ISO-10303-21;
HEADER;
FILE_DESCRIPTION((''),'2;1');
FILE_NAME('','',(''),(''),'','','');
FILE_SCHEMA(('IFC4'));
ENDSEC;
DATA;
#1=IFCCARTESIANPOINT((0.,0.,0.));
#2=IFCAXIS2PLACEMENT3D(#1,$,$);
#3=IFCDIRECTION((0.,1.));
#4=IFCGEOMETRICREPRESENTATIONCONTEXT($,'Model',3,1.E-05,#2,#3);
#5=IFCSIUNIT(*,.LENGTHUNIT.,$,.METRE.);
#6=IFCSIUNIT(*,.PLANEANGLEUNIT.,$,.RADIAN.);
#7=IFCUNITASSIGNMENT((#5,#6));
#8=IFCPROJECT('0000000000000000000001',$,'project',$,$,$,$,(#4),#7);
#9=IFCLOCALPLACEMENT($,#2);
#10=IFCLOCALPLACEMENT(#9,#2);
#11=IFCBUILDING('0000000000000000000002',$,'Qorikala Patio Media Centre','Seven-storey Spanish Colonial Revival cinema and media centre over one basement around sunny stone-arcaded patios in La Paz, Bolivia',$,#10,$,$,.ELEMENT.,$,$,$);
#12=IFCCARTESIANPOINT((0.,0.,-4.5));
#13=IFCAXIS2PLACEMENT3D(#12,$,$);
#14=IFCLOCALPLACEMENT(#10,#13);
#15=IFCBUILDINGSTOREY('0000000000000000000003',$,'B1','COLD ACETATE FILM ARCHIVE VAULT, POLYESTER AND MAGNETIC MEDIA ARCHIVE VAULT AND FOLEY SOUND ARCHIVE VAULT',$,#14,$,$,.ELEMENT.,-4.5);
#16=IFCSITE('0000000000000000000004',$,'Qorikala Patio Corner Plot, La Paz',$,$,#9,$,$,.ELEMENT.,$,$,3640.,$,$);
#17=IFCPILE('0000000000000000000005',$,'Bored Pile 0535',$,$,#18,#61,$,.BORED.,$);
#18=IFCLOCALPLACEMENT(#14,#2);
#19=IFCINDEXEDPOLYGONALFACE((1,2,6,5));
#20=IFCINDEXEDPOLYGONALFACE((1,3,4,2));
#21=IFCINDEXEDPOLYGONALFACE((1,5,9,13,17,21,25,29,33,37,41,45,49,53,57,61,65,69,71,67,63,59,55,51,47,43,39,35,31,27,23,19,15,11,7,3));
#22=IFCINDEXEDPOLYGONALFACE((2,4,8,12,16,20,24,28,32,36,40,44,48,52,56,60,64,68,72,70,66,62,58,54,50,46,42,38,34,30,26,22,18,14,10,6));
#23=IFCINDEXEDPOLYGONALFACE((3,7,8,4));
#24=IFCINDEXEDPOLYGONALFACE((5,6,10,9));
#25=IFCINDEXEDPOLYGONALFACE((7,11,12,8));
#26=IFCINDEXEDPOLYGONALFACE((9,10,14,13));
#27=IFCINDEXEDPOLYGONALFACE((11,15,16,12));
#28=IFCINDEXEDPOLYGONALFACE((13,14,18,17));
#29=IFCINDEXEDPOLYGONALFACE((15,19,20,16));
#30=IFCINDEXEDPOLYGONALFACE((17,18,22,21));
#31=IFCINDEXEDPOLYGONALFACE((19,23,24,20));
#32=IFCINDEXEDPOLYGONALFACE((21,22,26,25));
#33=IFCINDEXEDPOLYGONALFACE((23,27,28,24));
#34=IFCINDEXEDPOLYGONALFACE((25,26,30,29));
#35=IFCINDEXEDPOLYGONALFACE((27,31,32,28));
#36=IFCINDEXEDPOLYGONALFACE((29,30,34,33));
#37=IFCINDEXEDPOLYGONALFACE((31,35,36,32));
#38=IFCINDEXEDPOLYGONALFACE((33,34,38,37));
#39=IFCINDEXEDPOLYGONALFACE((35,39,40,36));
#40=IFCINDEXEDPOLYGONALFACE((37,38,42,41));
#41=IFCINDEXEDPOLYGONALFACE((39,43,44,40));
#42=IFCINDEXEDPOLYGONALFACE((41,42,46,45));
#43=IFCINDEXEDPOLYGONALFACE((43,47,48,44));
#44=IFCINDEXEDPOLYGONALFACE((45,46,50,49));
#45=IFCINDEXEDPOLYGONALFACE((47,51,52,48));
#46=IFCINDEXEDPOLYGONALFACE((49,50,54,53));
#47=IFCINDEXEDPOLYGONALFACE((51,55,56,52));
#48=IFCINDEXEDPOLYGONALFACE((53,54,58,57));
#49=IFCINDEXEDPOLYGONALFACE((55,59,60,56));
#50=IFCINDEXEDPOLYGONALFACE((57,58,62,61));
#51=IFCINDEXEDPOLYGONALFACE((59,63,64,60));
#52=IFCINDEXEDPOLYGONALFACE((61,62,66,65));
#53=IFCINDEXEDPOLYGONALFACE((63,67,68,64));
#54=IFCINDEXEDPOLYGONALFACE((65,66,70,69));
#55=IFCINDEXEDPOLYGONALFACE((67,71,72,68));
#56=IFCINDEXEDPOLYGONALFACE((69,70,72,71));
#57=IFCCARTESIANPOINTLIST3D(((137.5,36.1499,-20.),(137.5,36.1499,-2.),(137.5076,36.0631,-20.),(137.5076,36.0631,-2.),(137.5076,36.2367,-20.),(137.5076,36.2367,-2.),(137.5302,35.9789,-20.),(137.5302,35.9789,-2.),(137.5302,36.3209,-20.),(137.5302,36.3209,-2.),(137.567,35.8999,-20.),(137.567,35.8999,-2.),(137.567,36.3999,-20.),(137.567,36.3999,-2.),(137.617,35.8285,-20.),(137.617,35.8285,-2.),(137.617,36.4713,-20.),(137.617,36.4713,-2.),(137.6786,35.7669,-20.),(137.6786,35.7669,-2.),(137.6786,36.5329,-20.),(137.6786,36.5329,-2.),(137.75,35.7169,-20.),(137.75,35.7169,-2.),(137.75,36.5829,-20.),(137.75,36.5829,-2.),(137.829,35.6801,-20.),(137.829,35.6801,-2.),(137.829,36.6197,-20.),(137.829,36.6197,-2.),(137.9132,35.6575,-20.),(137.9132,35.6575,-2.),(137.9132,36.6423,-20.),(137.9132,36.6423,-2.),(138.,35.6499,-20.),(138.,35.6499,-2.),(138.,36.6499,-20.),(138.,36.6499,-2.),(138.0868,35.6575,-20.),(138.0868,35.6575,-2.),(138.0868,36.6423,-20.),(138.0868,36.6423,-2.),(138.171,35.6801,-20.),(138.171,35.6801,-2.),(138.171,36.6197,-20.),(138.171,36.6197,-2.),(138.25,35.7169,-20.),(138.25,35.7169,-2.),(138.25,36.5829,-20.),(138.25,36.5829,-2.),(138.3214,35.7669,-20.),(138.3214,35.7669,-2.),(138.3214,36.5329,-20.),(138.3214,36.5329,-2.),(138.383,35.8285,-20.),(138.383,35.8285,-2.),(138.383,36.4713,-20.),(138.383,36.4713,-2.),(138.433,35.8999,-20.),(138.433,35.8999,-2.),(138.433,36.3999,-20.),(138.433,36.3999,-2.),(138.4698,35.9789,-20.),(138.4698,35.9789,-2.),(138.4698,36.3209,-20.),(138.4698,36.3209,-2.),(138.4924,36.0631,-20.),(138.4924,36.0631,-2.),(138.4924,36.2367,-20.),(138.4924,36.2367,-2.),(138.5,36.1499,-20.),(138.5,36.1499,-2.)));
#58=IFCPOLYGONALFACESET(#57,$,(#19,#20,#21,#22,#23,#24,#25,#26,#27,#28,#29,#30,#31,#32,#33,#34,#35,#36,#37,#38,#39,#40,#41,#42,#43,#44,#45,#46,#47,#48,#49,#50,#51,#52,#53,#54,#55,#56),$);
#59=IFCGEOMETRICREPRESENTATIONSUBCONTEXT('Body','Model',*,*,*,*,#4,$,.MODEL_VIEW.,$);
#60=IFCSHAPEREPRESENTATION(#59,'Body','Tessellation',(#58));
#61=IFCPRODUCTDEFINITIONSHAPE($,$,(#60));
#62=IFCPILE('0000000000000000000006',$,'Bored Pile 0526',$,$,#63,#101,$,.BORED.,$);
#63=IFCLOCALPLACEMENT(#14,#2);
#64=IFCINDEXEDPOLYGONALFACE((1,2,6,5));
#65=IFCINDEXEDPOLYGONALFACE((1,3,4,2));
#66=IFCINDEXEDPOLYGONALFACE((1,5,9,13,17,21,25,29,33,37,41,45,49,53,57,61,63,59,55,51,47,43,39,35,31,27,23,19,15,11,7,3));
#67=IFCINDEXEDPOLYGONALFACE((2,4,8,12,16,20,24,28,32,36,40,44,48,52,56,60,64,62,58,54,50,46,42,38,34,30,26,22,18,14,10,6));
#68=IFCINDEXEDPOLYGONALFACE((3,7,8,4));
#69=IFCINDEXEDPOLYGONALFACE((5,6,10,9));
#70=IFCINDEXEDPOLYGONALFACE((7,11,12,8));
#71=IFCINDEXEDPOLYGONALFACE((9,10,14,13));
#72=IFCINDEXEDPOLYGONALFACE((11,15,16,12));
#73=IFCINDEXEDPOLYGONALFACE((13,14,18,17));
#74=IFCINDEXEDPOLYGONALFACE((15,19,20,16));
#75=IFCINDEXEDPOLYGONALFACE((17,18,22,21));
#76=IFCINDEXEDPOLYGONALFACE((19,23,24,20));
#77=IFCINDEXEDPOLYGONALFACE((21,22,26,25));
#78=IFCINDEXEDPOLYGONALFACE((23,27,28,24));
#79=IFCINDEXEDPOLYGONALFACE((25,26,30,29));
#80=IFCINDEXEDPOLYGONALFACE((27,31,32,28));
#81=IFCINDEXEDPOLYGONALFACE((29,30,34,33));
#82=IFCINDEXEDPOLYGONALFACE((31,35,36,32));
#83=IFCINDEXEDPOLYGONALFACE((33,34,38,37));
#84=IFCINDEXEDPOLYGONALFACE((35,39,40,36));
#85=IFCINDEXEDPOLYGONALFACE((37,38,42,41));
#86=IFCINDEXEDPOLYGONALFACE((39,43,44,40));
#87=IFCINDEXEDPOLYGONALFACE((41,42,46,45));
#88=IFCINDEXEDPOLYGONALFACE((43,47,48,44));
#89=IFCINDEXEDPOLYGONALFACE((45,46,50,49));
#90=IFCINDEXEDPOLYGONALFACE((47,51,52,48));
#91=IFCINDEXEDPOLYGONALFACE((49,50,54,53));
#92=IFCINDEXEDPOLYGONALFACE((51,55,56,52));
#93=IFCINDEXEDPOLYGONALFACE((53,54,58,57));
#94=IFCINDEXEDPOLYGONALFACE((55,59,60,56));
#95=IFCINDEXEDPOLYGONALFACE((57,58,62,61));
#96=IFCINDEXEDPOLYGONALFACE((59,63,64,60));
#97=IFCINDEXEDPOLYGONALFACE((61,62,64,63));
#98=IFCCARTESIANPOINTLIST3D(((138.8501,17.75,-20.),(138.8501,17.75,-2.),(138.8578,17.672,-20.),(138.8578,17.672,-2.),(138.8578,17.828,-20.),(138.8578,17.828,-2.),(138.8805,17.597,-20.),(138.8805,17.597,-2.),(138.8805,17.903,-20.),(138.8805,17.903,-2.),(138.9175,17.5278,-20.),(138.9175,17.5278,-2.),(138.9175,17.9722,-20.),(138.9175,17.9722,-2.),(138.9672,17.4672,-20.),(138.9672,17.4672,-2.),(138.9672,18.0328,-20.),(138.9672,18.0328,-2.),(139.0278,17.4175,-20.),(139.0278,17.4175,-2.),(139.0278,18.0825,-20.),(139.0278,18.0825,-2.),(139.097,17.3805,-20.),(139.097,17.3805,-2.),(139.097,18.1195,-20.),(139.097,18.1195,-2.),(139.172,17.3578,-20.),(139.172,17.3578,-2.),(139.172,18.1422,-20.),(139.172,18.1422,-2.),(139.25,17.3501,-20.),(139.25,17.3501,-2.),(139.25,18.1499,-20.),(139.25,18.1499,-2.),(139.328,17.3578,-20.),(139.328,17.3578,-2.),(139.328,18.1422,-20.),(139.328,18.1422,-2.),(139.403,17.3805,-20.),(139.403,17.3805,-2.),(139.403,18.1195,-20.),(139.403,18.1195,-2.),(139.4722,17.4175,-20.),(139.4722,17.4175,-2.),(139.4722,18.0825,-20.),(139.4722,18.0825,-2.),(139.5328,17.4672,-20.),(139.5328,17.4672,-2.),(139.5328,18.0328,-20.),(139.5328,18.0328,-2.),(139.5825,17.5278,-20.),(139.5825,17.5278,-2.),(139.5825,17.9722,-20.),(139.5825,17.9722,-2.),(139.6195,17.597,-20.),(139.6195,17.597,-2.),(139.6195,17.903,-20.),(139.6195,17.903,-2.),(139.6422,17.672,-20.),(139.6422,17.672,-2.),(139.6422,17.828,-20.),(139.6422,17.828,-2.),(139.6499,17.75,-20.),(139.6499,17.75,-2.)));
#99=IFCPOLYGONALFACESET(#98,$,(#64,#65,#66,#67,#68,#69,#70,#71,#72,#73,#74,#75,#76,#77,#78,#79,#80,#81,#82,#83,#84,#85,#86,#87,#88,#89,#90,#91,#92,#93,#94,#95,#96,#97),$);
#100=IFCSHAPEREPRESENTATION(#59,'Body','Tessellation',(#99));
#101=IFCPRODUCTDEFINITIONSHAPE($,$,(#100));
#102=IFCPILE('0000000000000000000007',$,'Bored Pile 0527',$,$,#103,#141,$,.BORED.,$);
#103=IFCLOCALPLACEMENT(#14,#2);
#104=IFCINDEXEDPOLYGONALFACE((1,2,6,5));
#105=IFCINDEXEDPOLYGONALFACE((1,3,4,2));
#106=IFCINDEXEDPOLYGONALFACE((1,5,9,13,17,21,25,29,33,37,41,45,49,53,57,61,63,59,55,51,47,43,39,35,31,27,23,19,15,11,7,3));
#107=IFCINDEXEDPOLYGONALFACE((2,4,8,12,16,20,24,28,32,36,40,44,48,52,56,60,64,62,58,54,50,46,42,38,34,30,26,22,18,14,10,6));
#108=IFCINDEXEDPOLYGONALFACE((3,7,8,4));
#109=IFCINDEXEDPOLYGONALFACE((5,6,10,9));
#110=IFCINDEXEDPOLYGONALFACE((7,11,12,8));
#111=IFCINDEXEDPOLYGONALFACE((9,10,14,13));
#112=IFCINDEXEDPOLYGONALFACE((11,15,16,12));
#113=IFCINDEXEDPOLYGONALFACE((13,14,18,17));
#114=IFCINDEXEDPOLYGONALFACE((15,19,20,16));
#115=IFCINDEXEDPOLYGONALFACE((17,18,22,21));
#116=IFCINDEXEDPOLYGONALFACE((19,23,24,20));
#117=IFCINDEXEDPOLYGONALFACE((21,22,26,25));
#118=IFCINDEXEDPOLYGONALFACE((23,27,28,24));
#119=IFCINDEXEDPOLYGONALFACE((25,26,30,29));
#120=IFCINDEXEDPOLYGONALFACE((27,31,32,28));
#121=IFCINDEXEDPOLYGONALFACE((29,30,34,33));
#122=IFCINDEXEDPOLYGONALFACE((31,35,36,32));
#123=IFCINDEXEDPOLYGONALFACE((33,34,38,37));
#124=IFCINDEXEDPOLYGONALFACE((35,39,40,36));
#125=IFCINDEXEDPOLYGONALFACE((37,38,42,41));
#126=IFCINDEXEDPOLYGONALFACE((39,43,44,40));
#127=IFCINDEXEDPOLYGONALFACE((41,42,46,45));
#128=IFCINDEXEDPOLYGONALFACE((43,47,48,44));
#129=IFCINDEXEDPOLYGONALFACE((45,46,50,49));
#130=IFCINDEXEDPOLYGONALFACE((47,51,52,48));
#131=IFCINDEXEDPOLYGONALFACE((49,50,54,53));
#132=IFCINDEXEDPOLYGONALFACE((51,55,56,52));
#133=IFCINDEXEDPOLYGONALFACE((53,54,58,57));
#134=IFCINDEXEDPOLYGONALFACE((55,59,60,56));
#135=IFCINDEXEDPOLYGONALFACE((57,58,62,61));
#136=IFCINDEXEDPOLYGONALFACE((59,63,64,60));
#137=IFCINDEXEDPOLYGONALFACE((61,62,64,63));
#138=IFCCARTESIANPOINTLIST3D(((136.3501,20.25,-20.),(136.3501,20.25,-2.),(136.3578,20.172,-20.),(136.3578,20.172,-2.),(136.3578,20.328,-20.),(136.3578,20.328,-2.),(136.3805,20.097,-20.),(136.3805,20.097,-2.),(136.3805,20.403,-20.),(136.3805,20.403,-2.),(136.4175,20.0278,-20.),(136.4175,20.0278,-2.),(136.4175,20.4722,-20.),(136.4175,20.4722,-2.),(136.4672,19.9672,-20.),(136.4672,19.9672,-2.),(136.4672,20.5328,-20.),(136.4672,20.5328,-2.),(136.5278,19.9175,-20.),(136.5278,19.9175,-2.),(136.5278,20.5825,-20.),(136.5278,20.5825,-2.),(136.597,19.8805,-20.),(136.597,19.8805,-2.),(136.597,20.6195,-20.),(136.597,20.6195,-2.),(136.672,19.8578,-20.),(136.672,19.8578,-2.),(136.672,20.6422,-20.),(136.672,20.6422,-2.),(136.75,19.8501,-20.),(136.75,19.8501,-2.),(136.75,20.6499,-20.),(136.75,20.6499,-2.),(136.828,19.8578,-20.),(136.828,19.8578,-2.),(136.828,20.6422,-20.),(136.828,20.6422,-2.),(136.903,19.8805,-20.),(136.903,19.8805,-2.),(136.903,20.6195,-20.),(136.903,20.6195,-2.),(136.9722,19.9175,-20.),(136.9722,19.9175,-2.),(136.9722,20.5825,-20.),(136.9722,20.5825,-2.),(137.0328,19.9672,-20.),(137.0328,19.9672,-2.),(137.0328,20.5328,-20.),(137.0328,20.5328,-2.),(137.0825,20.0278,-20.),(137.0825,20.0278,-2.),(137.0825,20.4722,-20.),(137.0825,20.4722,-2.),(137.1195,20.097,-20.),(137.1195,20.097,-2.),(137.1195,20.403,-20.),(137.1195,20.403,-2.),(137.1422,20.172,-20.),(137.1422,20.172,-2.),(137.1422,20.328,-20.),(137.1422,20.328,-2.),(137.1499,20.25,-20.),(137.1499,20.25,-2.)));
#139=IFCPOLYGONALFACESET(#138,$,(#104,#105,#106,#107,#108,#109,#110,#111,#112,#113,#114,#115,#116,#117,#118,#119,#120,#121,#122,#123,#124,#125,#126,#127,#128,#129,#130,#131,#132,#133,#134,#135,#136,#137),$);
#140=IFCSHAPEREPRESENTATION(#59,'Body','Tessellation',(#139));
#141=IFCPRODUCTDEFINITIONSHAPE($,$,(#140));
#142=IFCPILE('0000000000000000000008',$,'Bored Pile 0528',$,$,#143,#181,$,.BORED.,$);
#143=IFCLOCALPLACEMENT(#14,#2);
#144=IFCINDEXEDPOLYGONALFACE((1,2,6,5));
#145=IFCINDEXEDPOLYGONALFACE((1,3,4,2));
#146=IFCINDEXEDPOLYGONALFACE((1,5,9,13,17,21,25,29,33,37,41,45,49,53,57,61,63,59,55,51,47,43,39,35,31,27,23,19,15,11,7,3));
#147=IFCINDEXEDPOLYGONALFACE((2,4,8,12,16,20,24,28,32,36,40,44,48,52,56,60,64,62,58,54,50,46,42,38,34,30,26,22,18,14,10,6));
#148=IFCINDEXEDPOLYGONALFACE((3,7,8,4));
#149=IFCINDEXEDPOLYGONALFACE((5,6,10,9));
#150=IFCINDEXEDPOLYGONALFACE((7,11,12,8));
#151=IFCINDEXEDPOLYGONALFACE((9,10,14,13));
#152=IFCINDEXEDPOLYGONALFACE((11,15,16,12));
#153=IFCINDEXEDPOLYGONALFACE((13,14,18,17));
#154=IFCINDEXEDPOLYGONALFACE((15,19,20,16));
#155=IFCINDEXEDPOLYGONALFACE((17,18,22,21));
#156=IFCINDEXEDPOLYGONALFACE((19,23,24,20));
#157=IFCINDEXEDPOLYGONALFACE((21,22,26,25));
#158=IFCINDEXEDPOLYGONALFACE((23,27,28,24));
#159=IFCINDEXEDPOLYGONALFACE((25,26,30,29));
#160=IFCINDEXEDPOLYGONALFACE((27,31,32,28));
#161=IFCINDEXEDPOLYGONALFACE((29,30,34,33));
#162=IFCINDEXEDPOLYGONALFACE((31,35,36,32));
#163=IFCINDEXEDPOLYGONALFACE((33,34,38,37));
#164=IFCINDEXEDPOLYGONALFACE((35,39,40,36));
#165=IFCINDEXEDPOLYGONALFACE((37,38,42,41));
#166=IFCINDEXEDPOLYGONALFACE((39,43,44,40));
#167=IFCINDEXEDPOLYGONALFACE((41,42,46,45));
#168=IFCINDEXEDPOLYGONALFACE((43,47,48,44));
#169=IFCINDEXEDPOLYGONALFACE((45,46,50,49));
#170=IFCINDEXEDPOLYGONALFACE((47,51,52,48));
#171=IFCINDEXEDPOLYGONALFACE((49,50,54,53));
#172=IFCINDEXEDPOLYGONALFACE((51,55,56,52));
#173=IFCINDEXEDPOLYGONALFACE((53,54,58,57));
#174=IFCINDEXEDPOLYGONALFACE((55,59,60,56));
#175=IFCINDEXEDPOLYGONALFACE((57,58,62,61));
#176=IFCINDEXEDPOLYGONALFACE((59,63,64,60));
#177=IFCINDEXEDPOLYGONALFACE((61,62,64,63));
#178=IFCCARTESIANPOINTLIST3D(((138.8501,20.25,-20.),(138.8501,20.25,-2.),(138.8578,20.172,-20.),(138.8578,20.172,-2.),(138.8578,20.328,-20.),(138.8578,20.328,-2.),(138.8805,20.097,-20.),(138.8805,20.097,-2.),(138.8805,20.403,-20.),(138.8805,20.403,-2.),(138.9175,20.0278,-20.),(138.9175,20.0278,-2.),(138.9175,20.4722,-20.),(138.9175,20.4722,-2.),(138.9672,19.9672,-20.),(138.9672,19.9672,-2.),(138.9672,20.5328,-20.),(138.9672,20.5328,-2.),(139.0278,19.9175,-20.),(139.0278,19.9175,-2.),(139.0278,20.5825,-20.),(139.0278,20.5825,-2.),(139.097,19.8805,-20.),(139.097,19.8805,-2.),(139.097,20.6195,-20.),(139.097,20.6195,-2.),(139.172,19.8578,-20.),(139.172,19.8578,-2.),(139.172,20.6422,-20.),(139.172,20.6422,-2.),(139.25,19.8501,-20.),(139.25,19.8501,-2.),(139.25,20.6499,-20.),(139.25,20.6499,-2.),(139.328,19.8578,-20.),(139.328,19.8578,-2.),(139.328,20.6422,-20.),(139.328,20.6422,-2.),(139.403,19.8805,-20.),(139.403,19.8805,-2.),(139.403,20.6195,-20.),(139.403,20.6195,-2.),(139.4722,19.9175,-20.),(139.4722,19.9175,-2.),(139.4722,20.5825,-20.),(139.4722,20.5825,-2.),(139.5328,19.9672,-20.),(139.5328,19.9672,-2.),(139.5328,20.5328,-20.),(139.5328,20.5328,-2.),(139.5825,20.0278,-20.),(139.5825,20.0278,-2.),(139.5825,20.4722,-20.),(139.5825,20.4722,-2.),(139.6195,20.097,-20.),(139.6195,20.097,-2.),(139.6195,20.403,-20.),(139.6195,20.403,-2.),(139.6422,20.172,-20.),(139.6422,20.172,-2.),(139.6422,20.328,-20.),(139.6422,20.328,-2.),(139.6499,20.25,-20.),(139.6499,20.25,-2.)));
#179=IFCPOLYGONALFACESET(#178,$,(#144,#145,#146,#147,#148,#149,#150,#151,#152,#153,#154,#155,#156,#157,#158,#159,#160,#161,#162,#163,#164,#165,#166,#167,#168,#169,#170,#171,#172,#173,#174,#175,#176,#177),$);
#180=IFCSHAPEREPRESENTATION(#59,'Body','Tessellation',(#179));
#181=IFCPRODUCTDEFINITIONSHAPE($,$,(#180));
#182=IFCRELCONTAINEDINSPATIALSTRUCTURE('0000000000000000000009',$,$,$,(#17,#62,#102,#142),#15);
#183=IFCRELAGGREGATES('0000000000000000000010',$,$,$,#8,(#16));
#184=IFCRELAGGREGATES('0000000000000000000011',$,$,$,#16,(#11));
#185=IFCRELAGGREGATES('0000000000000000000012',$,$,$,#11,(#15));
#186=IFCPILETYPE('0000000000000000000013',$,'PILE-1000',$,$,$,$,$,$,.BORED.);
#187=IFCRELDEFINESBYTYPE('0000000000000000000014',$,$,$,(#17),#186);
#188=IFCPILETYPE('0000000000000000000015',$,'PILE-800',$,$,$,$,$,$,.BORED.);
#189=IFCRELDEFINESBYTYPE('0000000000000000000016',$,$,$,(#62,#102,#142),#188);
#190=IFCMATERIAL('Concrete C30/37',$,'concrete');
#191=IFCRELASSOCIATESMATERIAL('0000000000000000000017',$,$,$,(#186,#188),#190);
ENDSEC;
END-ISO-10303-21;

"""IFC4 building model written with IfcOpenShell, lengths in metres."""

from ifc_helpers import new_model, si_unit, direction, frame, origin, origin_2d, place, context, subcontext, project, spatial, circle, extrude, material, material_profile, profile_set, type_object, element, save


model = new_model("IFC4")

# Units and contexts
model_context = context("Model", 3, precision=1e-05, world=origin(), true_north=direction((0.0, 1.0)))
body_context = subcontext(model_context, "Body", "Model", "MODEL_VIEW")
ifc_project = project(units=[si_unit("LENGTHUNIT", "METRE"), si_unit("PLANEANGLEUNIT", "RADIAN")], contexts=[model_context])

# Site, building, storey
site_placement = place(None, origin())
site = spatial("IfcSite", under=ifc_project, at=site_placement, Name="Qorikala Patio Corner Plot, La Paz", CompositionType="ELEMENT", RefElevation=3640.0)
building_placement = place(site_placement, origin())
building = spatial("IfcBuilding", under=site, at=building_placement, Name="Qorikala Patio Media Centre", Description="Seven-storey Spanish Colonial Revival cinema and media centre over one basement around sunny stone-arcaded patios in La Paz, Bolivia", CompositionType="ELEMENT")
storey_placement = place(building_placement, frame((0.0, 0.0, -4.5)))
storey = spatial("IfcBuildingStorey", under=building, at=storey_placement, Name="B1", Description="COLD ACETATE FILM ARCHIVE VAULT, POLYESTER AND MAGNETIC MEDIA ARCHIVE VAULT AND FOLEY SOUND ARCHIVE VAULT", CompositionType="ELEMENT", Elevation=-4.5)

# Shared definitions
ifc_material_1 = material(Name="Concrete C30/37", Category="concrete")

# Piles
ifc_material_profile_1 = material_profile(ifc_material_1, circle(Radius=0.5, at=origin_2d()), Name="BORED PILE 1000")
ifc_profile_set_1 = profile_set([ifc_material_profile_1], Name="Concrete C30/37")
pile_type_1 = type_object("IfcPileType", Name="PILE-1000", PredefinedType="BORED", material=ifc_profile_set_1)
for number, where, z_axis, x_axis, name in (
    (1, (138.0, 36.1499, -2.0), (0.0, 0.0, -1.0), (1.0, 0.0, 0.0), "Bored Pile 0535"),
):
    element("IfcPile", number, at=place(storey_placement, frame(where, z_axis=z_axis, x_axis=x_axis)), inside=storey, type_object=pile_type_1, Name=name, PredefinedType="BORED", context=body_context, shape_type="SweptSolid", body=[
        extrude(circle(Radius=0.5, at=origin_2d()), origin(), (0.0, 0.0, 1.0), 18.0),
    ])
ifc_material_profile_2 = material_profile(ifc_material_1, circle(Radius=0.3999, at=origin_2d()), Name="BORED PILE 800")
ifc_profile_set_2 = profile_set([ifc_material_profile_2], Name="Concrete C30/37")
pile_type_2 = type_object("IfcPileType", Name="PILE-800", PredefinedType="BORED", material=ifc_profile_set_2)
for number, where, z_axis, x_axis, name in (
    (2, (139.25, 17.75, -2.0), (0.0, 0.0, -1.0), (1.0, 0.0, 0.0), "Bored Pile 0526"),
    (3, (136.75, 20.25, -2.0), (0.0, 0.0, -1.0), (1.0, 0.0, 0.0), "Bored Pile 0527"),
    (4, (139.25, 20.25, -2.0), (0.0, 0.0, -1.0), (1.0, 0.0, 0.0), "Bored Pile 0528"),
):
    element("IfcPile", number, at=place(storey_placement, frame(where, z_axis=z_axis, x_axis=x_axis)), inside=storey, type_object=pile_type_2, Name=name, PredefinedType="BORED", context=body_context, shape_type="SweptSolid", body=[
        extrude(circle(Radius=0.3999, at=origin_2d()), origin(), (0.0, 0.0, 1.0), 18.0),
    ])

save(model, "model.ifc")
